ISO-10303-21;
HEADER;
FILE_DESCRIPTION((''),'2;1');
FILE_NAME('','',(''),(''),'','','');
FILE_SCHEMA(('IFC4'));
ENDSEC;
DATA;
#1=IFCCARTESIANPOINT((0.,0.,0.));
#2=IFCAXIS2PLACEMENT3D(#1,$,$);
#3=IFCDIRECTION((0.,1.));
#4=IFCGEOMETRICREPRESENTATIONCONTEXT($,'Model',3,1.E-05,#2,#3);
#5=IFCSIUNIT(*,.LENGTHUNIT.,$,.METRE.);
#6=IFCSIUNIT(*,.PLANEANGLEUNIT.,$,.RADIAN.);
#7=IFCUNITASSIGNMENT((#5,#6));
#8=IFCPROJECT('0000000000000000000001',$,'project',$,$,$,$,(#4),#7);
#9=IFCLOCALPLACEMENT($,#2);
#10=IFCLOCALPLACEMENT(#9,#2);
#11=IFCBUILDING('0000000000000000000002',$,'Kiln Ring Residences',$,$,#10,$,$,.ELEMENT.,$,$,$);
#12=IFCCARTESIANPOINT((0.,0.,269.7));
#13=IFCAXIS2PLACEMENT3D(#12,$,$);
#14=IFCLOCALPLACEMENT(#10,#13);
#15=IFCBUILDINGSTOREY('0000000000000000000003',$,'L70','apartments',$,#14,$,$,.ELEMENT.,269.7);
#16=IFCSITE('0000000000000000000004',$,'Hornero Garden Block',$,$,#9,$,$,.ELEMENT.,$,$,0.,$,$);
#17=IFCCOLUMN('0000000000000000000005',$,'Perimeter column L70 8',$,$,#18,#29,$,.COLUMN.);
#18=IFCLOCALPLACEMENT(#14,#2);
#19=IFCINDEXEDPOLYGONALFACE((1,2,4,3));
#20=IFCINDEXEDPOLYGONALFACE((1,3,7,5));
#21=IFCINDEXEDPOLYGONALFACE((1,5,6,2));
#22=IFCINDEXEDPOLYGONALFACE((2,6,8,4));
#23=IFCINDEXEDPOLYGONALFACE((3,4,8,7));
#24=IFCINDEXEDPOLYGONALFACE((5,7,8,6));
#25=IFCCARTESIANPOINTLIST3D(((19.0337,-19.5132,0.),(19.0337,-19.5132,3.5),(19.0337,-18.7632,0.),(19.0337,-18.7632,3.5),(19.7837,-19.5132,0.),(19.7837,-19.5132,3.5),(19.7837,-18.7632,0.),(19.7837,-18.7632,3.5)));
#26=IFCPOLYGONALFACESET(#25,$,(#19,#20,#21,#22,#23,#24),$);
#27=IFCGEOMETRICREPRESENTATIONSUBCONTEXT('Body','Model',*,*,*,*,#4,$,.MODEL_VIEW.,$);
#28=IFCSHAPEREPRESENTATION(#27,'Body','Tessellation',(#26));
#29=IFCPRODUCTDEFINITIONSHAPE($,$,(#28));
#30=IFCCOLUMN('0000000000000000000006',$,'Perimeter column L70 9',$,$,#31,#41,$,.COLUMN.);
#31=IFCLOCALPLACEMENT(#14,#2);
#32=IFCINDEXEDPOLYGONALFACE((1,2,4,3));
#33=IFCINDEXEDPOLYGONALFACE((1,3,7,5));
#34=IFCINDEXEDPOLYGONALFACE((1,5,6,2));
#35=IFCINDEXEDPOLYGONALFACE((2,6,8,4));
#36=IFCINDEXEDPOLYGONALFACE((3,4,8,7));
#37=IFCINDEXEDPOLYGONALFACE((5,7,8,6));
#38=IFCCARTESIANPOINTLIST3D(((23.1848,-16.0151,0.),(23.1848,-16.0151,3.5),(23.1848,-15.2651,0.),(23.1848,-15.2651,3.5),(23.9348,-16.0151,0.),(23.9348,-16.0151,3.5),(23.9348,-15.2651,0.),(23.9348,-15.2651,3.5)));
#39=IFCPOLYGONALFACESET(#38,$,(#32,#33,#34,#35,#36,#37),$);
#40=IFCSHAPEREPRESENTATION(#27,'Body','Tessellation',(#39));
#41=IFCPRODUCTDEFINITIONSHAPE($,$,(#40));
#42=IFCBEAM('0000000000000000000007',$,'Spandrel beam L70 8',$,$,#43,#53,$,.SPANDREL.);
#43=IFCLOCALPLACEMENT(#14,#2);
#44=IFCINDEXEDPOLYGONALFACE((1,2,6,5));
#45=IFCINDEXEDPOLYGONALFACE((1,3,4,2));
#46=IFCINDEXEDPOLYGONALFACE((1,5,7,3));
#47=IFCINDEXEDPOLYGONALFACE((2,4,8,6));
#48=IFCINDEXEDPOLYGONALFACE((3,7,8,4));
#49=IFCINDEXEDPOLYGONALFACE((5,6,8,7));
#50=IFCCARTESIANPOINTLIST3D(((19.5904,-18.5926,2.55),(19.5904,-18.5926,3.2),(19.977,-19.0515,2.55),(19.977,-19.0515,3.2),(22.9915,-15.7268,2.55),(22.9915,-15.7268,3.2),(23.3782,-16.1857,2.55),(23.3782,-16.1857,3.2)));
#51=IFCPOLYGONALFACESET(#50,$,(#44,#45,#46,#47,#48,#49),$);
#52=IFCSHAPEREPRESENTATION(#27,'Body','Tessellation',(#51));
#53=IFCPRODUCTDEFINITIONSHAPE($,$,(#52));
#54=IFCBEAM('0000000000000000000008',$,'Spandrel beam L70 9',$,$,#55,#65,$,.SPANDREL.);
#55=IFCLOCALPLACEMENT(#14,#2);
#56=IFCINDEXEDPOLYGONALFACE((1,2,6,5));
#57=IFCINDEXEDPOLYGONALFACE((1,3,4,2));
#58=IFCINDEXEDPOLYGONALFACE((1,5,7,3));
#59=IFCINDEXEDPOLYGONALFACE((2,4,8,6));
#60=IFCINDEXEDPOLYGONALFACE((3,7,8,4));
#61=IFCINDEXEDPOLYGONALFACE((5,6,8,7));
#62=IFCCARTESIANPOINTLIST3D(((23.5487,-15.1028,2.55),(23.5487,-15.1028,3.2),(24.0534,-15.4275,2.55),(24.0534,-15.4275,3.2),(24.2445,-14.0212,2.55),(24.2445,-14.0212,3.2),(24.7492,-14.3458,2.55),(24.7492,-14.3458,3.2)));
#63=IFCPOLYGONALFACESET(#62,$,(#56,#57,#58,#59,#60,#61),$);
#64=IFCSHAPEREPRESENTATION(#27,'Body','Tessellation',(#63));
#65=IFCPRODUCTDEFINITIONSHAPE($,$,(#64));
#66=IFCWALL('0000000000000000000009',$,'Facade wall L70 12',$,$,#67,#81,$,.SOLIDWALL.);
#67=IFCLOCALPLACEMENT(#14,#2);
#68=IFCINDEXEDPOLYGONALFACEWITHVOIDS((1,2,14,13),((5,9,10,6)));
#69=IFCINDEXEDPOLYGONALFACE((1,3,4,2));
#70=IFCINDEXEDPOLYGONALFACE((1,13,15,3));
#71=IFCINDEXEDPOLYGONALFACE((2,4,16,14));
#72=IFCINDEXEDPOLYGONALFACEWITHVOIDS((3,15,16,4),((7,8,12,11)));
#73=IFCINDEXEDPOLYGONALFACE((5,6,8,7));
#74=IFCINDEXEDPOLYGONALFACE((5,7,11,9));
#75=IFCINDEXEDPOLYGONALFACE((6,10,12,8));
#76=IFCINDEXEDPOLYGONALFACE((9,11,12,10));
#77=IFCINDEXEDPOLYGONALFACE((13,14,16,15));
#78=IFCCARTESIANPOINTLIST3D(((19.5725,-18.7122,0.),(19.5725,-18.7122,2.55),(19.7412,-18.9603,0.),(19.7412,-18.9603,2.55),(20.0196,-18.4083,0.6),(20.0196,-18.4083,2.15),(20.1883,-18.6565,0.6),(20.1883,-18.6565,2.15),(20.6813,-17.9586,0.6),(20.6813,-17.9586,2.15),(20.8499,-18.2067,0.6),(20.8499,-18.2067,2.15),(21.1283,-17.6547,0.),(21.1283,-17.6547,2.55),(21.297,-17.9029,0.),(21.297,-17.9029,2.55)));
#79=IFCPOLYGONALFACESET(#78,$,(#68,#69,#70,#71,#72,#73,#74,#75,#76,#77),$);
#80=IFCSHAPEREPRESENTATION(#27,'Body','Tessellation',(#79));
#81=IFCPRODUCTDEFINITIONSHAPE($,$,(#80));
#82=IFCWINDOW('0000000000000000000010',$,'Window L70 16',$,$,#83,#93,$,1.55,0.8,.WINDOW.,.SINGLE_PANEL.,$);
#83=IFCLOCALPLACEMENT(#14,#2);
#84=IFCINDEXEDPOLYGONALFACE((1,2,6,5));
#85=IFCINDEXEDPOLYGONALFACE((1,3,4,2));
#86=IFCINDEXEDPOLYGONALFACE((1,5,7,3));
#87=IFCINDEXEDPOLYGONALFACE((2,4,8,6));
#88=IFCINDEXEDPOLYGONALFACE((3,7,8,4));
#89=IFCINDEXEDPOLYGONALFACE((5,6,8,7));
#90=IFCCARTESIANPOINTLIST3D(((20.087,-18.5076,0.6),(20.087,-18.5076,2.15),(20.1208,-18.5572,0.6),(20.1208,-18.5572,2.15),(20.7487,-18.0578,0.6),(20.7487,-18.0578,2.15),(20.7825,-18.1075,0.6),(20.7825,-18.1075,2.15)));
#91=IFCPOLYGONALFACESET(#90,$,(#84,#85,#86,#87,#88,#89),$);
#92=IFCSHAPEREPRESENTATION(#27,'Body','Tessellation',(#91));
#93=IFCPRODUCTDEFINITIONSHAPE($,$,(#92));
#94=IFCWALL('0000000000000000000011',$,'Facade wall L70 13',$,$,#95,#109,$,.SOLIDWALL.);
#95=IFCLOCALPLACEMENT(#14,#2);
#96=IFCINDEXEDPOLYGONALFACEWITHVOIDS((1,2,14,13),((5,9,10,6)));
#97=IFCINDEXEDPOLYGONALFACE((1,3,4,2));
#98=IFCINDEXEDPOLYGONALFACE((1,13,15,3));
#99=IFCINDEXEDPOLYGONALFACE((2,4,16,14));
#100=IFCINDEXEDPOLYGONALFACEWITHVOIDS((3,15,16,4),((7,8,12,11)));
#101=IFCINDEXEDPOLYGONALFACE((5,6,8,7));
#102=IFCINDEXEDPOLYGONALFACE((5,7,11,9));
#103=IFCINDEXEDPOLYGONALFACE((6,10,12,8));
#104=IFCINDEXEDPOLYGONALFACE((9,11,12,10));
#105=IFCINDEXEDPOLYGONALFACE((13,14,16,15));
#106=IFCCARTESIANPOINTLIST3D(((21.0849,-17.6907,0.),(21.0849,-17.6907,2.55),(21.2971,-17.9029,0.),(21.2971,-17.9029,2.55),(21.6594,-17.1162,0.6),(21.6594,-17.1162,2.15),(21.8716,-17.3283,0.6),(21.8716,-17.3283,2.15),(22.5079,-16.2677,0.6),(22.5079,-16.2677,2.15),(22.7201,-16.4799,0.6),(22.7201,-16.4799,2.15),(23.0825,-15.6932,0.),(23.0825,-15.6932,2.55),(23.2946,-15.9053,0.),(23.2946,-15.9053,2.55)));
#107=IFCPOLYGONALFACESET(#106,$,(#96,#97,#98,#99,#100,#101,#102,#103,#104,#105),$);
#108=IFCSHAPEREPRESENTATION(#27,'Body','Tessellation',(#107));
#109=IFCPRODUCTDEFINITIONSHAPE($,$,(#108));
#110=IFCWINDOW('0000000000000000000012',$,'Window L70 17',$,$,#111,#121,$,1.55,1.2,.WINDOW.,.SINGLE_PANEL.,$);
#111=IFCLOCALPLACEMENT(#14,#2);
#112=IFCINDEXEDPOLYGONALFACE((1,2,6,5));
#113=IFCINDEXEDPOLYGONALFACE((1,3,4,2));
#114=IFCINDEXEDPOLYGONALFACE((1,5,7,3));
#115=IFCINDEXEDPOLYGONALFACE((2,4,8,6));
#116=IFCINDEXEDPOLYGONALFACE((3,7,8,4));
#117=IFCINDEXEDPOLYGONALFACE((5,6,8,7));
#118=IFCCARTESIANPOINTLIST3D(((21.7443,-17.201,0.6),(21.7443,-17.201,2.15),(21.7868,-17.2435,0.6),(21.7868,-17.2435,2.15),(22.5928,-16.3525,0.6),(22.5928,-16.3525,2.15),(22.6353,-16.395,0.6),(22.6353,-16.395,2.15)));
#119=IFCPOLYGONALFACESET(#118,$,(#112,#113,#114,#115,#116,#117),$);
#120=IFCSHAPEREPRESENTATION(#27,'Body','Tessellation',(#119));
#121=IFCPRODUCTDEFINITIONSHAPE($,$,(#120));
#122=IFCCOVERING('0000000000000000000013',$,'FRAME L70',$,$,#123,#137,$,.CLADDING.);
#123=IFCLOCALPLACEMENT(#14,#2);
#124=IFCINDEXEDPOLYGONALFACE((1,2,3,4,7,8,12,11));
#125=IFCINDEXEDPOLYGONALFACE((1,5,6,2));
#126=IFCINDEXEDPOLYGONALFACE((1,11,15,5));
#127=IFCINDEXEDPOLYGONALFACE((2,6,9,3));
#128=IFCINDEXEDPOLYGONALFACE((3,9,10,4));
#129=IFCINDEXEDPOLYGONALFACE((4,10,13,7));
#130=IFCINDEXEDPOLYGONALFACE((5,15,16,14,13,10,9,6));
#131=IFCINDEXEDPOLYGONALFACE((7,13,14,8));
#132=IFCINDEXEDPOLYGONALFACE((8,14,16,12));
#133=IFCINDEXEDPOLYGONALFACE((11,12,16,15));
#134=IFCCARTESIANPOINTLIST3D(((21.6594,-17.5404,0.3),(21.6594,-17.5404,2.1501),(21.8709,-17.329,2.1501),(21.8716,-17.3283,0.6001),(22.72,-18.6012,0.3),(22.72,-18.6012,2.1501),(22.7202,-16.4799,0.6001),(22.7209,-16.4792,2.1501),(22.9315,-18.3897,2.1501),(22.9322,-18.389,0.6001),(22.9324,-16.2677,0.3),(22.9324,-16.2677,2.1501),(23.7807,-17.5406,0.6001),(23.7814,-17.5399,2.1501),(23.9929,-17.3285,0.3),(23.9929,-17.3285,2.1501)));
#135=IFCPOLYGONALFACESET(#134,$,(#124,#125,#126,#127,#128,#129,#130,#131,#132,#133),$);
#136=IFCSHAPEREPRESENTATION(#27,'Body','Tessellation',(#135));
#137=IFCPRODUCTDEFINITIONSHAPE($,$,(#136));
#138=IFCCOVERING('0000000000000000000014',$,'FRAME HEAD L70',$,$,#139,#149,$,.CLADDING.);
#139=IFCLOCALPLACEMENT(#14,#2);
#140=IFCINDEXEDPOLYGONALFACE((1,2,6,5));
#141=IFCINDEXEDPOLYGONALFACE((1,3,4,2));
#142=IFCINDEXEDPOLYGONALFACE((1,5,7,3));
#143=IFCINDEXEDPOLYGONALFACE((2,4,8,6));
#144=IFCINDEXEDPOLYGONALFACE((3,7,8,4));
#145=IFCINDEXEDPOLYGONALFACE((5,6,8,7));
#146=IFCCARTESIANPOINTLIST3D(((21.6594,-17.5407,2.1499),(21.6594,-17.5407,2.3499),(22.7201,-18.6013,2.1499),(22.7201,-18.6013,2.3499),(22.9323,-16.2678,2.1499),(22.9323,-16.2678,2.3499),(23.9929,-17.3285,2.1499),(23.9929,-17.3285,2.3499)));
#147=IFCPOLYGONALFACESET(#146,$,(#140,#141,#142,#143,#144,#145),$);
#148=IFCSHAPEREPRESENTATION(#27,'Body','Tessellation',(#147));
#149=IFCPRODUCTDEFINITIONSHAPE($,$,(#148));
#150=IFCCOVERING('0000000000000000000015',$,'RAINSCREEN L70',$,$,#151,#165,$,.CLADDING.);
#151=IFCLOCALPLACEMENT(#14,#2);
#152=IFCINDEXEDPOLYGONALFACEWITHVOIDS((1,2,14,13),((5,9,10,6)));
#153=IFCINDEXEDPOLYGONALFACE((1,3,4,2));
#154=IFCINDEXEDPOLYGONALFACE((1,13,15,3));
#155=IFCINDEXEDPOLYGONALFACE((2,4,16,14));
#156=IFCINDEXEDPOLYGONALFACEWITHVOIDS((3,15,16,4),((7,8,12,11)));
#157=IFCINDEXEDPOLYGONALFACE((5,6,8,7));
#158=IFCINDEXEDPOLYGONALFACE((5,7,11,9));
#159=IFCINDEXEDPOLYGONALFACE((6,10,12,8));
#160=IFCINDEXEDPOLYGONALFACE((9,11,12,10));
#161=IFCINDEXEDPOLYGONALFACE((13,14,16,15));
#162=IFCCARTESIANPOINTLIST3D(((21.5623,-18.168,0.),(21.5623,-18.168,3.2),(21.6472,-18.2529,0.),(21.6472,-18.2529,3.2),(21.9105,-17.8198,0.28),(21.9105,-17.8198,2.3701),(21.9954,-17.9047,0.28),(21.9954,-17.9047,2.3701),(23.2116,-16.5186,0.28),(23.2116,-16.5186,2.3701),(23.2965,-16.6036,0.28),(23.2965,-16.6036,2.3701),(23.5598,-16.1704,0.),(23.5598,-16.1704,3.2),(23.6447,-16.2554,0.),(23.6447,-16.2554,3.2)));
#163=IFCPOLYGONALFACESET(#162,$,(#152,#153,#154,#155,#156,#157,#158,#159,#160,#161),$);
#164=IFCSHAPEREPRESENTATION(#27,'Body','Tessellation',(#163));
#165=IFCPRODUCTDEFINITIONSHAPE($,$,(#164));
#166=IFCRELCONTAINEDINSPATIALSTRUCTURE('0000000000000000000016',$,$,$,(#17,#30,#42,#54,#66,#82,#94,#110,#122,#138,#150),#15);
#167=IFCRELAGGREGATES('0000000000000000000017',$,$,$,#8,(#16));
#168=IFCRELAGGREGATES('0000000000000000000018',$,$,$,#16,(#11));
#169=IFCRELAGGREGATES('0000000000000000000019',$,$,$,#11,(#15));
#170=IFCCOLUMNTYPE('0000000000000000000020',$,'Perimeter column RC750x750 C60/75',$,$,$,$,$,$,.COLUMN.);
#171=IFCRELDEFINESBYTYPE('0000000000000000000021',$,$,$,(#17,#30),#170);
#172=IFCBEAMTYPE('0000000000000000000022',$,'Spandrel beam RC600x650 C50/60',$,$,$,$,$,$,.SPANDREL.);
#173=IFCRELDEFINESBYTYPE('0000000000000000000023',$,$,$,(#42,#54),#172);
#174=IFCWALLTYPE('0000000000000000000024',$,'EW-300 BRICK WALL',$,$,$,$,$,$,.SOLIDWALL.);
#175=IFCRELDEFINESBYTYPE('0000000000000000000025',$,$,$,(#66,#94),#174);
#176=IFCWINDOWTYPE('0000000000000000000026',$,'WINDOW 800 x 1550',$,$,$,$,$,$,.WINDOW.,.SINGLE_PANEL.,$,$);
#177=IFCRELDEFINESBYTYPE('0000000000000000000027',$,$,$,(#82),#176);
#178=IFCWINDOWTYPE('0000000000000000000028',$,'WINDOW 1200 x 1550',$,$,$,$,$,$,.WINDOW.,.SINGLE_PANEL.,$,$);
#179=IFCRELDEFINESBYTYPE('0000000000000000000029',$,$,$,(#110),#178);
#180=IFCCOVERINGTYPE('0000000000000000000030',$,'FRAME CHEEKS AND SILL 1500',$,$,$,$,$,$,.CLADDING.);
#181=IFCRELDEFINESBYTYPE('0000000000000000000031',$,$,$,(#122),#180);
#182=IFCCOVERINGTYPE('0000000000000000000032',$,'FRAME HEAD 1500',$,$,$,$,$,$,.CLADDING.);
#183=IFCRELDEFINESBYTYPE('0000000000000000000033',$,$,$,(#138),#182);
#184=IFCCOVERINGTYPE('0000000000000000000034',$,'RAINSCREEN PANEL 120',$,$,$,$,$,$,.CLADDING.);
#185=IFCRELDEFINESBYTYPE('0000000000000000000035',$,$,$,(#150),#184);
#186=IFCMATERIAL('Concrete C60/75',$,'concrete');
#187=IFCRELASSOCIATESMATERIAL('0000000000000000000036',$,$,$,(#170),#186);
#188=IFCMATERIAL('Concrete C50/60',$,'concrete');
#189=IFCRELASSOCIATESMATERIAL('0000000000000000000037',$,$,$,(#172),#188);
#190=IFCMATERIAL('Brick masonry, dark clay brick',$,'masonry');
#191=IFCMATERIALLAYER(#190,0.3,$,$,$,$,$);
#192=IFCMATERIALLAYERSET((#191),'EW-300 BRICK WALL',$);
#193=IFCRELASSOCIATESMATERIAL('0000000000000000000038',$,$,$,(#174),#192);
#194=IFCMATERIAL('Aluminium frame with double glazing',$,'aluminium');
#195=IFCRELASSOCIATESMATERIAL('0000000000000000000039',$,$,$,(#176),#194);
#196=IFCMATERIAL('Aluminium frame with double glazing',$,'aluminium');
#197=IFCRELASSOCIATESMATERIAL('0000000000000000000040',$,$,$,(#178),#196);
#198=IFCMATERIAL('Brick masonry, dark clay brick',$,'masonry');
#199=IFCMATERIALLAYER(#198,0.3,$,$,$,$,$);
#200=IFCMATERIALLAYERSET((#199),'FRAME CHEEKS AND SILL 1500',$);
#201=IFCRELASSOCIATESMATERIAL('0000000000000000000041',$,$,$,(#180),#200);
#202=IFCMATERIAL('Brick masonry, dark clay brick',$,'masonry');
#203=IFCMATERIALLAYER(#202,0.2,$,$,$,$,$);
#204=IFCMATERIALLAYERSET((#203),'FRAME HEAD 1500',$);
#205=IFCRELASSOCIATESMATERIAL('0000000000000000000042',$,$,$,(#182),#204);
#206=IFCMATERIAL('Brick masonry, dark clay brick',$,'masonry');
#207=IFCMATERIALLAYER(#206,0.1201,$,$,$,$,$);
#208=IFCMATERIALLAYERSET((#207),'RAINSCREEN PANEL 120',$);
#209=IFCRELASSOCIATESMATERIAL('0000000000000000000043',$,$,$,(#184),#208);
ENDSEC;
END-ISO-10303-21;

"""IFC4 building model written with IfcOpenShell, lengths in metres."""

from ifc_helpers import new_model, si_unit, direction, frame, frame_2d, origin, origin_2d, place, context, subcontext, project, spatial, polyline, rectangle, outline, extrude, material, layer, layer_set, material_profile, profile_set, type_object, element, fill, save


model = new_model("IFC4")

# Units and contexts
model_context = context("Model", 3, precision=1e-05, world=origin(), true_north=direction((0.0, 1.0)))
body_context = subcontext(model_context, "Body", "Model", "MODEL_VIEW")
ifc_project = project(units=[si_unit("LENGTHUNIT", "METRE"), si_unit("PLANEANGLEUNIT", "RADIAN")], contexts=[model_context])

# Site, building, storey
site_placement = place(None, origin())
site = spatial("IfcSite", under=ifc_project, at=site_placement, Name="Hornero Garden Block", CompositionType="ELEMENT", RefElevation=0.0)
building_placement = place(site_placement, origin())
building = spatial("IfcBuilding", under=site, at=building_placement, Name="Kiln Ring Residences", CompositionType="ELEMENT")
storey_placement = place(building_placement, frame((0.0, 0.0, 269.7)))
storey = spatial("IfcBuildingStorey", under=building, at=storey_placement, Name="L70", Description="apartments", CompositionType="ELEMENT", Elevation=269.7)

# Columns
ifc_material_1 = material(Name="Concrete C60/75", Category="concrete")
ifc_material_profile_1 = material_profile(ifc_material_1, rectangle(XDim=0.75, YDim=0.75, at=origin_2d()), Name="RC750x750")
ifc_profile_set_1 = profile_set([ifc_material_profile_1], Name="Concrete C60/75")
column_type = type_object("IfcColumnType", Name="Perimeter column RC750x750 C60/75", PredefinedType="COLUMN", material=ifc_profile_set_1)
for number, where, z_axis, x_axis, name in (
    (1, (19.4087, -19.1382, 0.0), (0.0, 0.0, 1.0), (1.0, 0.0, 0.0), "Perimeter column L70 8"),
    (2, (23.5598, -15.6401, 0.0), (0.0, 0.0, 1.0), (1.0, 0.0, 0.0), "Perimeter column L70 9"),
):
    element("IfcColumn", number, at=place(storey_placement, frame(where, z_axis=z_axis, x_axis=x_axis)), inside=storey, type_object=column_type, Name=name, PredefinedType="COLUMN", context=body_context, shape_type="SweptSolid", body=[
        extrude(rectangle(XDim=0.75, YDim=0.75, at=origin_2d()), origin(), (0.0, 0.0, 1.0), 3.5),
    ])

# Beams
ifc_material_2 = material(Name="Concrete C50/60", Category="concrete")
ifc_material_profile_2 = material_profile(ifc_material_2, rectangle(XDim=0.6001, YDim=0.6499, at=origin_2d()), Name="RC600x650")
ifc_profile_set_2 = profile_set([ifc_material_profile_2], Name="Concrete C50/60")
beam_type = type_object("IfcBeamType", Name="Spandrel beam RC600x650 C50/60", PredefinedType="SPANDREL", material=ifc_profile_set_2)
beam_1_placement = place(storey_placement, frame((19.7837, -18.822, 2.875), z_axis=(0.764732, 0.644349, 0.0), x_axis=(-0.644349, 0.764732, 0.0)))
element("IfcBeam", 3, at=beam_1_placement, inside=storey, type_object=beam_type, Name="Spandrel beam L70 8", PredefinedType="SPANDREL", context=body_context, shape_type="SweptSolid", body=[
    extrude(rectangle(XDim=0.6001, YDim=0.6499, at=origin_2d()), origin(), (0.0, 0.0, 1.0), 4.4475),
])
beam_2_placement = place(storey_placement, frame((23.801, -15.2651, 2.875), z_axis=(0.541045, 0.840993, 0.0), x_axis=(-0.840993, 0.541045, 0.0)))
element("IfcBeam", 4, at=beam_2_placement, inside=storey, type_object=beam_type, Name="Spandrel beam L70 9", PredefinedType="SPANDREL", context=body_context, shape_type="SweptSolid", body=[
    extrude(rectangle(XDim=0.6001, YDim=0.6499, at=origin_2d()), origin(), (0.0, 0.0, 1.0), 1.2861),
])

# Walls, openings, windows
ifc_material_3 = material(Name="Brick masonry, dark clay brick", Category="masonry")
ifc_layer_1 = layer(ifc_material_3, 0.3)
ifc_layer_set_1 = layer_set([ifc_layer_1], Name="EW-300 BRICK WALL")
wall_type = type_object("IfcWallType", Name="EW-300 BRICK WALL", PredefinedType="SOLIDWALL", material=ifc_layer_set_1)
wall_1_placement = place(storey_placement, frame((19.657, -18.8362, 0.0), z_axis=(0.0, 0.0, 1.0), x_axis=(0.827045, 0.562136, 0.0)))
wall_1 = element("IfcWall", 5, at=wall_1_placement, inside=storey, type_object=wall_type, Name="Facade wall L70 12", PredefinedType="SOLIDWALL", context=body_context, shape_type="SweptSolid", body=[
    extrude(rectangle(XDim=1.8811, YDim=0.3, at=frame_2d((0.9404, 0.0))), origin(), (0.0, 0.0, 1.0), 2.55),
])
opening_1_placement = place(wall_1_placement, frame((0.5405, 0.0, 0.6001)))
opening_1 = element("IfcOpeningElement", 6, at=opening_1_placement, cuts=wall_1, PredefinedType="OPENING", context=body_context, shape_type="SweptSolid", body=[
    extrude(rectangle(XDim=0.8, YDim=1.55, at=frame_2d((0.3999, 0.7749))), frame((0.0, 0.1599, 0.0), z_axis=(0.0, -1.0, 0.0), x_axis=(1.0, 0.0, 0.0)), (0.0, 0.0, 1.0), 0.3201),
])
ifc_material_4 = material(Name="Aluminium frame with double glazing", Category="aluminium")
window_type_1 = type_object("IfcWindowType", Name="WINDOW 800 x 1550", PartitioningType="SINGLE_PANEL", PredefinedType="WINDOW", material=ifc_material_4)
window_1_placement = place(opening_1_placement, origin())
window_1 = element("IfcWindow", 7, at=window_1_placement, inside=storey, type_object=window_type_1, Name="Window L70 16", OverallHeight=1.55, OverallWidth=0.8, PartitioningType="SINGLE_PANEL", PredefinedType="WINDOW", context=body_context, shape_type="SweptSolid", body=[
    extrude(rectangle(XDim=0.8, YDim=1.55, at=frame_2d((0.3999, 0.7749))), frame((0.0, 0.03, 0.0), z_axis=(0.0, -1.0, 0.0), x_axis=(1.0, 0.0, 0.0)), (0.0, 0.0, 1.0), 0.0601),
])
fill(opening_1, window_1)
wall_2_placement = place(storey_placement, frame((21.1909, -17.7969, 0.0), z_axis=(0.0, 0.0, 1.0), x_axis=(0.707107, 0.707107, 0.0)))
wall_2 = element("IfcWall", 8, at=wall_2_placement, inside=storey, type_object=wall_type, Name="Facade wall L70 13", PredefinedType="SOLIDWALL", context=body_context, shape_type="SweptSolid", body=[
    extrude(rectangle(XDim=2.825, YDim=0.3, at=frame_2d((1.4126, 0.0))), origin(), (0.0, 0.0, 1.0), 2.55),
])
opening_2_placement = place(wall_2_placement, frame((0.8125, 0.0, 0.6001)))
opening_2 = element("IfcOpeningElement", 9, at=opening_2_placement, cuts=wall_2, PredefinedType="OPENING", context=body_context, shape_type="SweptSolid", body=[
    extrude(rectangle(XDim=1.2, YDim=1.55, at=frame_2d((0.6001, 0.7749))), frame((0.0, 0.1599, 0.0), z_axis=(0.0, -1.0, 0.0), x_axis=(1.0, 0.0, 0.0)), (0.0, 0.0, 1.0), 0.3201),
])
ifc_material_5 = material(Name="Aluminium frame with double glazing", Category="aluminium")
window_type_2 = type_object("IfcWindowType", Name="WINDOW 1200 x 1550", PartitioningType="SINGLE_PANEL", PredefinedType="WINDOW", material=ifc_material_5)
window_2_placement = place(opening_2_placement, origin())
window_2 = element("IfcWindow", 10, at=window_2_placement, inside=storey, type_object=window_type_2, Name="Window L70 17", OverallHeight=1.55, OverallWidth=1.2, PartitioningType="SINGLE_PANEL", PredefinedType="WINDOW", context=body_context, shape_type="SweptSolid", body=[
    extrude(rectangle(XDim=1.2, YDim=1.55, at=frame_2d((0.6001, 0.7749))), frame((0.0, 0.03, 0.0), z_axis=(0.0, -1.0, 0.0), x_axis=(1.0, 0.0, 0.0)), (0.0, 0.0, 1.0), 0.0601),
])
fill(opening_2, window_2)

# Coverings
ifc_material_6 = material(Name="Brick masonry, dark clay brick", Category="masonry")
ifc_layer_2 = layer(ifc_material_6, 0.3)
ifc_layer_set_2 = layer_set([ifc_layer_2], Name="FRAME CHEEKS AND SILL 1500")
covering_type_1 = type_object("IfcCoveringType", Name="FRAME CHEEKS AND SILL 1500", PredefinedType="CLADDING", material=ifc_layer_set_2)
covering_1_placement = place(storey_placement, frame((22.1897, -18.0708, 0.3), z_axis=(0.0, 0.0, 1.0), x_axis=(0.707175, 0.707039, 0.0)))
element("IfcCovering", 11, at=covering_1_placement, inside=storey, type_object=covering_type_1, Name="FRAME L70", PredefinedType="CLADDING", context=body_context, shape_type="SweptSolid", body=[
    extrude(outline(polyline([(0.0, 0.0), (1.8, 0.0), (1.8, 1.8501), (1.501, 1.8501), (1.5, 0.3), (0.3, 0.3), (0.2991, 1.8501), (0.0, 1.8501), (0.0, 0.0)])), frame((0.0, 0.75, 0.0), z_axis=(0.0, -1.0, 0.0), x_axis=(1.0, 0.0, 0.0)), (0.0, 0.0, 1.0), 1.5),
])
ifc_material_7 = material(Name="Brick masonry, dark clay brick", Category="masonry")
ifc_layer_3 = layer(ifc_material_7, 0.2)
ifc_layer_set_3 = layer_set([ifc_layer_3], Name="FRAME HEAD 1500")
covering_type_2 = type_object("IfcCoveringType", Name="FRAME HEAD 1500", PredefinedType="CLADDING", material=ifc_layer_set_3)
covering_2_placement = place(storey_placement, frame((22.8262, -17.4346, 2.1499), z_axis=(0.0, 0.0, 1.0), x_axis=(0.707107, 0.707107, 0.0)))
element("IfcCovering", 12, at=covering_2_placement, inside=storey, type_object=covering_type_2, Name="FRAME HEAD L70", PredefinedType="CLADDING", context=body_context, shape_type="SweptSolid", body=[
    extrude(rectangle(XDim=1.8, YDim=1.5, at=origin_2d()), origin(), (0.0, 0.0, 1.0), 0.2),
])
ifc_material_8 = material(Name="Brick masonry, dark clay brick", Category="masonry")
ifc_layer_4 = layer(ifc_material_8, 0.1201)
ifc_layer_set_4 = layer_set([ifc_layer_4], Name="RAINSCREEN PANEL 120")
covering_type_3 = type_object("IfcCoveringType", Name="RAINSCREEN PANEL 120", PredefinedType="CLADDING", material=ifc_layer_set_4)
covering_3_placement = place(storey_placement, frame((21.6047, -18.2104, 0.0), z_axis=(0.0, 0.0, 1.0), x_axis=(0.707107, 0.707107, 0.0)))
element("IfcCovering", 13, at=covering_3_placement, inside=storey, type_object=covering_type_3, Name="RAINSCREEN L70", PredefinedType="CLADDING", context=body_context, shape_type="SweptSolid", body=[
    extrude(outline(polyline([(0.0, 0.0), (2.825, 0.0), (2.825, 3.2), (0.0, 3.2), (0.0, 0.0)]), holes=[polyline([(0.4924, 2.3701), (0.4924, 0.28), (2.3325, 0.28), (2.3325, 2.3701), (0.4924, 2.3701)])]), frame((0.0, 0.0601, 0.0), z_axis=(0.0, -1.0, 0.0), x_axis=(1.0, 0.0, 0.0)), (0.0, 0.0, 1.0), 0.1201),
])

save(model, "model.ifc")
